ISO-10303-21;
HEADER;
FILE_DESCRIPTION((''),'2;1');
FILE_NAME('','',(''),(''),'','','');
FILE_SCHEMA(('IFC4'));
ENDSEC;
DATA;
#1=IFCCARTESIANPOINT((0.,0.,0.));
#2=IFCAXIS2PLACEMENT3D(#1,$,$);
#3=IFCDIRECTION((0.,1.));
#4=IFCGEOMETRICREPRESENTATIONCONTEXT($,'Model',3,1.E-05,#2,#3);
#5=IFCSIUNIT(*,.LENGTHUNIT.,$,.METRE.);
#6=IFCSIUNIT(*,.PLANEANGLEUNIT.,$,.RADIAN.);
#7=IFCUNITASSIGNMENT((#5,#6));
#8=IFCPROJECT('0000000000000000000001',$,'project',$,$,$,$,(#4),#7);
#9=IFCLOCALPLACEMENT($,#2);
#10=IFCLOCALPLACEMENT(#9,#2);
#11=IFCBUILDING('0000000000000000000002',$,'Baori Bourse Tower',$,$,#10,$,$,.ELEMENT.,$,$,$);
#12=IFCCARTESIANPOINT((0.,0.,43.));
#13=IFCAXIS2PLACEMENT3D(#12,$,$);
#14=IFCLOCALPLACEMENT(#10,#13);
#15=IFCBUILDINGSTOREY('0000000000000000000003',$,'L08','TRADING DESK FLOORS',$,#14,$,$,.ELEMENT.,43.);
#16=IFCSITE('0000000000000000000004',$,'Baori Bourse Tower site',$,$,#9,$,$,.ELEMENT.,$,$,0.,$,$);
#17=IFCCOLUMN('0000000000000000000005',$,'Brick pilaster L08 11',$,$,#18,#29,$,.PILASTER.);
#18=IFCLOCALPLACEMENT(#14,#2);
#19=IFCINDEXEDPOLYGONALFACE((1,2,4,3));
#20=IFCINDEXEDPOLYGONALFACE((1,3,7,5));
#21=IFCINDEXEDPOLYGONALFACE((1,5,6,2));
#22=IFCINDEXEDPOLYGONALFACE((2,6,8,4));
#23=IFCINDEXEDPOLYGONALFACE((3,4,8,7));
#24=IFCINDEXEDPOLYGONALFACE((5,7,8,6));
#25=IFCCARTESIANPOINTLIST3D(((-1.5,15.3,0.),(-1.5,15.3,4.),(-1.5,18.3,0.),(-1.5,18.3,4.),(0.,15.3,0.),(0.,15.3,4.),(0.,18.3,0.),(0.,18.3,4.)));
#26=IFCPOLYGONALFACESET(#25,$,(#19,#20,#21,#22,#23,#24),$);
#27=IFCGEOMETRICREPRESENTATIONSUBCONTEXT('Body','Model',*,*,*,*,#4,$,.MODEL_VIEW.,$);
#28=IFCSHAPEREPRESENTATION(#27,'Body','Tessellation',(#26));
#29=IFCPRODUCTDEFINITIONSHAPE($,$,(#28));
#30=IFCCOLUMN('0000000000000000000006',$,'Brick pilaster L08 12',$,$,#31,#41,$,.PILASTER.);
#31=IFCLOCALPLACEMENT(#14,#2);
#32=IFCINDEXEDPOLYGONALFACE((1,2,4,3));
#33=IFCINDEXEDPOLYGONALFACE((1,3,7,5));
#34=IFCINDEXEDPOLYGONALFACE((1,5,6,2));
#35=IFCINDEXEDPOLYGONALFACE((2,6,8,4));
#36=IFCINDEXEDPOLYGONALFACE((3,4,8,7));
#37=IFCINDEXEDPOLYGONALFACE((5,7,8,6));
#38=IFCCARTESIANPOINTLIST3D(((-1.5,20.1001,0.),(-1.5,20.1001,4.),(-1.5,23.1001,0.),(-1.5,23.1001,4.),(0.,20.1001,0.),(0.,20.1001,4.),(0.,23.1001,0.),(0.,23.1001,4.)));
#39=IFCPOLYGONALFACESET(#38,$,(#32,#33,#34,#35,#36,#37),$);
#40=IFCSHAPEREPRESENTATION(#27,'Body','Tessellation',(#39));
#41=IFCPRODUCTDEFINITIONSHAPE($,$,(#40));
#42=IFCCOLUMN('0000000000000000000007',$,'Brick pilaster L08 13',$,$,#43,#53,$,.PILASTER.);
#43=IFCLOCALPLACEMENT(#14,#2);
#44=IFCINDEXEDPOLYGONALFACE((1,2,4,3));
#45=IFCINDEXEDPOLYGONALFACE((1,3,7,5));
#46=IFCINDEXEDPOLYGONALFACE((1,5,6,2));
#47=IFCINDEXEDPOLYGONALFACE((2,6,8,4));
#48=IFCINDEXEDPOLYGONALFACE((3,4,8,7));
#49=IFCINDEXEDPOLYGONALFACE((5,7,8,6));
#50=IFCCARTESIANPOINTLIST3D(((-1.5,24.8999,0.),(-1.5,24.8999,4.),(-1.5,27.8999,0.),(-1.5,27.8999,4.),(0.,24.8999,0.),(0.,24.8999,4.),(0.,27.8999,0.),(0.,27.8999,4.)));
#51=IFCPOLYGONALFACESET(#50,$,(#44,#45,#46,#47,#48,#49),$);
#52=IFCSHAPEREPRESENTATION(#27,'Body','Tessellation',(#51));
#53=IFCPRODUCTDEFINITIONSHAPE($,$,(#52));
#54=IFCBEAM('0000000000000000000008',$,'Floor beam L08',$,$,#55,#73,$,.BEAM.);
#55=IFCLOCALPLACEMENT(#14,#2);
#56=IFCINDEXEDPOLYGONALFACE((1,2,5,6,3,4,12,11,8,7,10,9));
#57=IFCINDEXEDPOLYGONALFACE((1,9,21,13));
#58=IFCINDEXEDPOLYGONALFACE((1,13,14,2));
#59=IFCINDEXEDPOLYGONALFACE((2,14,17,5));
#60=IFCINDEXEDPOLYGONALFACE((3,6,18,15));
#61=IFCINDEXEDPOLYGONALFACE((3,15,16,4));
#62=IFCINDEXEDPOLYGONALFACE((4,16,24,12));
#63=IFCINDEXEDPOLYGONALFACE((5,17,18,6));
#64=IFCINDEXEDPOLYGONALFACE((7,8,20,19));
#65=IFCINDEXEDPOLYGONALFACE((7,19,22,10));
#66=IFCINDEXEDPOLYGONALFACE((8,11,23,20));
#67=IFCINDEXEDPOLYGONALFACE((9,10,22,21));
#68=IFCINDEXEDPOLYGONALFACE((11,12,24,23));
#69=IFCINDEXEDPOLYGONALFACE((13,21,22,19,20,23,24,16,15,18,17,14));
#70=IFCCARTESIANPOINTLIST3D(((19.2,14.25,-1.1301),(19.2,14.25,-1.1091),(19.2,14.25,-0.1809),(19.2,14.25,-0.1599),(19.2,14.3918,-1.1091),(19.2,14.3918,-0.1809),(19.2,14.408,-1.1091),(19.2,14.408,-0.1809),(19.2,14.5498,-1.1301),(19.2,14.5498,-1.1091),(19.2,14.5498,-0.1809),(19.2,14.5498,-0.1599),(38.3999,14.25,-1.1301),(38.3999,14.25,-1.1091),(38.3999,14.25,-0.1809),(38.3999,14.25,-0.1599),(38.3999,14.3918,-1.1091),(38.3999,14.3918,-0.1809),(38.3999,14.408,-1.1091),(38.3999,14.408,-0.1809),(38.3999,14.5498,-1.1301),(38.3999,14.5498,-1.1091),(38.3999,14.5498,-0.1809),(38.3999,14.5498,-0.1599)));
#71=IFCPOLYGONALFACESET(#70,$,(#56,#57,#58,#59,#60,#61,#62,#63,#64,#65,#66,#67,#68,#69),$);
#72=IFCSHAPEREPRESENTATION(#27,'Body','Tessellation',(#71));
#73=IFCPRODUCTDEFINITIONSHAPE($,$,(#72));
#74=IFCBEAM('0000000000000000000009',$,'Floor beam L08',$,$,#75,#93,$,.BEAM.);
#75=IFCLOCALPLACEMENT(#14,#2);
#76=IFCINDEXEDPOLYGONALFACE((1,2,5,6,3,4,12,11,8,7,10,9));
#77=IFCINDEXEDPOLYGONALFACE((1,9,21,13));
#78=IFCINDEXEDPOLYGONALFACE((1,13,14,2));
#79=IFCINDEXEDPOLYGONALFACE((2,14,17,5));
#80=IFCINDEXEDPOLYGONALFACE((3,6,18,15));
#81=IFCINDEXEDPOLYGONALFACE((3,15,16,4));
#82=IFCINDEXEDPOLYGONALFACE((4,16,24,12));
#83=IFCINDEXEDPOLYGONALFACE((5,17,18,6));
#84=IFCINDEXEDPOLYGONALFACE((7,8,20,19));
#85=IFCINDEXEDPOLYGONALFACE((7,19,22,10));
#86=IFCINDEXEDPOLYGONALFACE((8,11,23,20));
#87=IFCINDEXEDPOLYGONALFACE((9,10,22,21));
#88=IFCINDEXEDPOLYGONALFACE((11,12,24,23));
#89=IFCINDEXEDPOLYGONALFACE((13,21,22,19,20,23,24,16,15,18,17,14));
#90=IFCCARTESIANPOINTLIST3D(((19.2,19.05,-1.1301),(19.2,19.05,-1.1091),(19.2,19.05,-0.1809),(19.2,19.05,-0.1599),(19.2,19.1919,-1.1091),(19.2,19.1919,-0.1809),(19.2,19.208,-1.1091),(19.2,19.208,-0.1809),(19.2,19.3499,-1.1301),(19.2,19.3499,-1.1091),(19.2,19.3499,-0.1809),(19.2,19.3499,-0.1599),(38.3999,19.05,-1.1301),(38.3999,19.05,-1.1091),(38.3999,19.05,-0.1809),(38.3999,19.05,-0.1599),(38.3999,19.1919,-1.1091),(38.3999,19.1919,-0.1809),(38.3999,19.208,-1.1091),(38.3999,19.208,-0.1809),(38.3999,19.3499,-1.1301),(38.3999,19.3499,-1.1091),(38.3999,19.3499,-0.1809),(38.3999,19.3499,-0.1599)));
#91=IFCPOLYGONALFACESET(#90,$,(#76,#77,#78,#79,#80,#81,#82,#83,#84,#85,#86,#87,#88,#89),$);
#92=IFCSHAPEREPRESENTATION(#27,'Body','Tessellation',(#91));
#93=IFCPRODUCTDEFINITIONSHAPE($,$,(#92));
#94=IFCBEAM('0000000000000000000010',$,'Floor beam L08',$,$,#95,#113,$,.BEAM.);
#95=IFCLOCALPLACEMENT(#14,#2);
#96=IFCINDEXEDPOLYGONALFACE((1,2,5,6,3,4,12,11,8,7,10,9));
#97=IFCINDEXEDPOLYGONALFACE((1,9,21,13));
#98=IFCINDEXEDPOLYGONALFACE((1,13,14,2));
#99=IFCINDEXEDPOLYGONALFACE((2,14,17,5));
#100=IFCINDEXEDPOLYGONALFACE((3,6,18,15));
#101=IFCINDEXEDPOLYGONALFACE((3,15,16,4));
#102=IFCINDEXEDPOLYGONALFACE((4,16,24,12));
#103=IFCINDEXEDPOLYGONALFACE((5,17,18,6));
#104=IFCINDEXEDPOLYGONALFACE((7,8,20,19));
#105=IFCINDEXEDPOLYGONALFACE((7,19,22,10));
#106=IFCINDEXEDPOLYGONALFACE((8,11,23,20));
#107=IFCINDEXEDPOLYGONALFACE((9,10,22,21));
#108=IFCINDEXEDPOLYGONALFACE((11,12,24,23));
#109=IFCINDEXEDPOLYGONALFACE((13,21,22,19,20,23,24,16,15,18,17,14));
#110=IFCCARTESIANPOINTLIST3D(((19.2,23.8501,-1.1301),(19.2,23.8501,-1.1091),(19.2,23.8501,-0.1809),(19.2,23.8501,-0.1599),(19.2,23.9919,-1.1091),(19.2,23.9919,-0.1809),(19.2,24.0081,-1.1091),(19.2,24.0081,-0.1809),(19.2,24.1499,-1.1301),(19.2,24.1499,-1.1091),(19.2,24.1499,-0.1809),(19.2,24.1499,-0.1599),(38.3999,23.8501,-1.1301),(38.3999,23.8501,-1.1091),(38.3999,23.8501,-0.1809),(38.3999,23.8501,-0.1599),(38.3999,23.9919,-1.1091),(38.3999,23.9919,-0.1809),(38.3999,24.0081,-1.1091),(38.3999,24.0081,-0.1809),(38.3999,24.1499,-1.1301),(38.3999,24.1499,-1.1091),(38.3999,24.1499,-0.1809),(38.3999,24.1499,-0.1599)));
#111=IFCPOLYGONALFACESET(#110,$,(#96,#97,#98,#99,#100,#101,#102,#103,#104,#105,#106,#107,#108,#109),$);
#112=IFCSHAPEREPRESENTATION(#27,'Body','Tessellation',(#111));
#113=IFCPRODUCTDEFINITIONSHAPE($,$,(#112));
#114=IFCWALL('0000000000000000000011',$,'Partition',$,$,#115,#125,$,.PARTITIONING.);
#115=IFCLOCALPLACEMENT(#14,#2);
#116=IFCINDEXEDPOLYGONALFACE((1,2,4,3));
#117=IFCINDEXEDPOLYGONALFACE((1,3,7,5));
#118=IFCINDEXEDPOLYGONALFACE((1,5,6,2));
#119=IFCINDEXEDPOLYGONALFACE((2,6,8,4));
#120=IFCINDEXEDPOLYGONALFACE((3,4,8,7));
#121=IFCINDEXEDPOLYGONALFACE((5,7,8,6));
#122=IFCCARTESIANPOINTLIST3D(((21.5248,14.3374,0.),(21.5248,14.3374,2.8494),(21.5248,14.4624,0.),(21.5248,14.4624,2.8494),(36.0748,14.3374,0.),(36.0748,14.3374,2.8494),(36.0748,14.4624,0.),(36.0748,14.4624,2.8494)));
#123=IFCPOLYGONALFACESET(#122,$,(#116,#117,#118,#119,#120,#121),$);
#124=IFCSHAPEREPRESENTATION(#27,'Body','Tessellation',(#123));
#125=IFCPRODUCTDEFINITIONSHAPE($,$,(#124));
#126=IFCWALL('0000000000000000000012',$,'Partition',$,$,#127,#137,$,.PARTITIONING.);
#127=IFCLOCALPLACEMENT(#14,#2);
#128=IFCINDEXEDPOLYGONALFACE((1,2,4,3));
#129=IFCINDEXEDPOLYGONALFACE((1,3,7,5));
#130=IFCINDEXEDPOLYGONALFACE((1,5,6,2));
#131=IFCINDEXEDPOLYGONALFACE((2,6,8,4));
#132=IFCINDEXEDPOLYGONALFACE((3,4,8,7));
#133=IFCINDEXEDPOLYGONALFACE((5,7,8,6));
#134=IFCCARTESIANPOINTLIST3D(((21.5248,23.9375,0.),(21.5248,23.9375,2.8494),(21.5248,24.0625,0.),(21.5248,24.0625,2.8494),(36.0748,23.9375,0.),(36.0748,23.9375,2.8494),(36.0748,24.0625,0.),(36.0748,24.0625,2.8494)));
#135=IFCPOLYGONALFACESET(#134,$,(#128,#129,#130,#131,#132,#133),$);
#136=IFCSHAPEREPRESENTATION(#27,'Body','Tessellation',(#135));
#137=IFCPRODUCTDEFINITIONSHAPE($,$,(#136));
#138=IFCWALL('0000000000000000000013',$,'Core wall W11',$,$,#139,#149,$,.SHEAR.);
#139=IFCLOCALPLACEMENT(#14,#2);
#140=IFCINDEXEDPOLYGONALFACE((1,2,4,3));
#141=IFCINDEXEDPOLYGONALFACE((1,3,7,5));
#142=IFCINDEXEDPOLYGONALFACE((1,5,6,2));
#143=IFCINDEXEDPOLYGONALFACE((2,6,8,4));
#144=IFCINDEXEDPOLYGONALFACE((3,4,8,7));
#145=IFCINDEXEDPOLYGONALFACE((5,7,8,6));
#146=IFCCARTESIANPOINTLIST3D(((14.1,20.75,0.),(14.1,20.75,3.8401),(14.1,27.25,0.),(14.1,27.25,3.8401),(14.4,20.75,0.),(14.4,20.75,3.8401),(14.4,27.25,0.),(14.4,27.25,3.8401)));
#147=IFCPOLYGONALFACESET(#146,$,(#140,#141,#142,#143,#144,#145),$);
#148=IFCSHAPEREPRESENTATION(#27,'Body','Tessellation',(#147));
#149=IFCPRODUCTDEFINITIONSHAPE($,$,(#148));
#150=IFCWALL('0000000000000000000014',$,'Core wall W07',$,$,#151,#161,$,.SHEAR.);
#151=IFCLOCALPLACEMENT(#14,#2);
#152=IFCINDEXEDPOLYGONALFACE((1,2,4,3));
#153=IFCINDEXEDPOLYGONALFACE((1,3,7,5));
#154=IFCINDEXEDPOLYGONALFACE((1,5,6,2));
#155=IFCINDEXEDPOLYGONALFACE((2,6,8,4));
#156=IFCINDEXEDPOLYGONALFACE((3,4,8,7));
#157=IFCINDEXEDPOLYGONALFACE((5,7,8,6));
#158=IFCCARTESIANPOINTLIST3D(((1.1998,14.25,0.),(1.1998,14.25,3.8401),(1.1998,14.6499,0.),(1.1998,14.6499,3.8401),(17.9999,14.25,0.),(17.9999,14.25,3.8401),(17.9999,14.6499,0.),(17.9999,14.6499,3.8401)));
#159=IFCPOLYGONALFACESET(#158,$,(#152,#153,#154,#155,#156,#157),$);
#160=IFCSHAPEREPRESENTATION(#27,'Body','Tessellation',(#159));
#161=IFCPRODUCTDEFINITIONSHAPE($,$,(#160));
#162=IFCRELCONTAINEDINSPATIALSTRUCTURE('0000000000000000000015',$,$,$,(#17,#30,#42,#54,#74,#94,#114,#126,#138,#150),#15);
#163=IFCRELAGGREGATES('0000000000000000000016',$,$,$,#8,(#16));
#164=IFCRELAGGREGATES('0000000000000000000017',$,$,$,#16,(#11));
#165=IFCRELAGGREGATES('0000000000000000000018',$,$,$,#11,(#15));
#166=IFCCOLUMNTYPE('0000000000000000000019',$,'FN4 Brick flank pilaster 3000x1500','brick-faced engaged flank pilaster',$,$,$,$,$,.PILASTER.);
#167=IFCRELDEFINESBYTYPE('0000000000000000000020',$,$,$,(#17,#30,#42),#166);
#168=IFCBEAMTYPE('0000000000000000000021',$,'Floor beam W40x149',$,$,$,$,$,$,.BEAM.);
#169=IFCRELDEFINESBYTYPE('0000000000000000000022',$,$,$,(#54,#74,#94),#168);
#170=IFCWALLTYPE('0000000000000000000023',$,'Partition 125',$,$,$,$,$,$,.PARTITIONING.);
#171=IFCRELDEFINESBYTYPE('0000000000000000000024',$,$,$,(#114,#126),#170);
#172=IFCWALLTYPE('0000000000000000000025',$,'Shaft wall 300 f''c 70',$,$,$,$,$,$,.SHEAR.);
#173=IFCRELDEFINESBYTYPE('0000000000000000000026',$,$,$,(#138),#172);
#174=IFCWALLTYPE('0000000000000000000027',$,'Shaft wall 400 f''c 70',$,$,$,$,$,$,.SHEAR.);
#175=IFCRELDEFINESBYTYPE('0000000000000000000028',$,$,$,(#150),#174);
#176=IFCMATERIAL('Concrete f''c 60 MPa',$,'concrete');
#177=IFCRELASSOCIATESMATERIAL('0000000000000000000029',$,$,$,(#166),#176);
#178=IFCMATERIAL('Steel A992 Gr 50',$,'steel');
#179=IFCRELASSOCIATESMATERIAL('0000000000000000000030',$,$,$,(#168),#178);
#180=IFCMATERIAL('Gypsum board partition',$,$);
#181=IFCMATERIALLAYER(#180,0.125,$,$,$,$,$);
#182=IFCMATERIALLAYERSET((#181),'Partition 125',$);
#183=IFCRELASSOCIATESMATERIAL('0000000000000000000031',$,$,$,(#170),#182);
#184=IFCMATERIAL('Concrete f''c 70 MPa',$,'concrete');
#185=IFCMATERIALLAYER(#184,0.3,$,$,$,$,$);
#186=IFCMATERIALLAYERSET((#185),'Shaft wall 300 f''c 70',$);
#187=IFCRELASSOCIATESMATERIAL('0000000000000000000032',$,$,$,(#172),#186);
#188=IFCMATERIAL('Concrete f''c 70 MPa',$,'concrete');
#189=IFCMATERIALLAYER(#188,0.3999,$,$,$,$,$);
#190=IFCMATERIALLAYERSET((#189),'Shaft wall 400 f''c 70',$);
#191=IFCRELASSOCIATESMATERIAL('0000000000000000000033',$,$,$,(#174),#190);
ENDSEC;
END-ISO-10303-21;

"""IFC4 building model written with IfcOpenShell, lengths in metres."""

from ifc_helpers import new_model, si_unit, direction, frame, frame_2d, origin, origin_2d, place, context, subcontext, project, spatial, rectangle, i_section, extrude, material, layer, layer_set, material_profile, profile_set, type_object, element, save


model = new_model("IFC4")

# Units and contexts
model_context = context("Model", 3, precision=1e-05, world=origin(), true_north=direction((0.0, 1.0)))
body_context = subcontext(model_context, "Body", "Model", "MODEL_VIEW")
ifc_project = project(units=[si_unit("LENGTHUNIT", "METRE"), si_unit("PLANEANGLEUNIT", "RADIAN")], contexts=[model_context])

# Site, building, storey
site_placement = place(None, origin())
site = spatial("IfcSite", under=ifc_project, at=site_placement, Name="Baori Bourse Tower site", CompositionType="ELEMENT", RefElevation=0.0)
building_placement = place(site_placement, origin())
building = spatial("IfcBuilding", under=site, at=building_placement, Name="Baori Bourse Tower", CompositionType="ELEMENT")
storey_placement = place(building_placement, frame((0.0, 0.0, 43.0)))
storey = spatial("IfcBuildingStorey", under=building, at=storey_placement, Name="L08", Description="TRADING DESK FLOORS", CompositionType="ELEMENT", Elevation=43.0)

# Columns
ifc_material_1 = material(Name="Concrete f'c 60 MPa", Category="concrete")
ifc_material_profile_1 = material_profile(ifc_material_1, rectangle(XDim=3.0, YDim=1.5, at=origin_2d()), Name="RC 3000x1500")
ifc_profile_set_1 = profile_set([ifc_material_profile_1], Name="Concrete f'c 60 MPa")
column_type = type_object("IfcColumnType", Name="FN4 Brick flank pilaster 3000x1500", Description="brick-faced engaged flank pilaster", PredefinedType="PILASTER", material=ifc_profile_set_1)
for number, where, z_axis, x_axis, name in (
    (1, (-0.75, 16.8, 0.0), (0.0, 0.0, 1.0), (0.0, 1.0, 0.0), "Brick pilaster L08 11"),
    (2, (-0.75, 21.6001, 0.0), (0.0, 0.0, 1.0), (0.0, 1.0, 0.0), "Brick pilaster L08 12"),
    (3, (-0.75, 26.3999, 0.0), (0.0, 0.0, 1.0), (0.0, 1.0, 0.0), "Brick pilaster L08 13"),
):
    element("IfcColumn", number, at=place(storey_placement, frame(where, z_axis=z_axis, x_axis=x_axis)), inside=storey, type_object=column_type, Name=name, PredefinedType="PILASTER", context=body_context, shape_type="SweptSolid", body=[
        extrude(rectangle(XDim=3.0, YDim=1.5, at=origin_2d()), origin(), (0.0, 0.0, 1.0), 4.0),
    ])

# Beams
ifc_material_2 = material(Name="Steel A992 Gr 50", Category="steel")
ifc_material_profile_2 = material_profile(ifc_material_2, i_section(OverallWidth=0.2998, OverallDepth=0.9702, WebThickness=0.0161, FlangeThickness=0.021, at=origin_2d()), Name="W40x149")
ifc_profile_set_2 = profile_set([ifc_material_profile_2], Name="Steel A992 Gr 50")
beam_type = type_object("IfcBeamType", Name="Floor beam W40x149", PredefinedType="BEAM", material=ifc_profile_set_2)
for number, where, z_axis, x_axis, name in (
    (4, (19.2, 14.3999, -0.645), (1.0, 0.0, 0.0), (0.0, 1.0, 0.0), "Floor beam L08"),
    (5, (19.2, 19.2, -0.645), (1.0, 0.0, 0.0), (0.0, 1.0, 0.0), "Floor beam L08"),
    (6, (19.2, 24.0, -0.645), (1.0, 0.0, 0.0), (0.0, 1.0, 0.0), "Floor beam L08"),
):
    element("IfcBeam", number, at=place(storey_placement, frame(where, z_axis=z_axis, x_axis=x_axis)), inside=storey, type_object=beam_type, Name=name, PredefinedType="BEAM", context=body_context, shape_type="SweptSolid", body=[
        extrude(i_section(OverallWidth=0.2998, OverallDepth=0.9702, WebThickness=0.0161, FlangeThickness=0.021, at=origin_2d()), origin(), (0.0, 0.0, 1.0), 19.2),
    ])

# Walls
ifc_material_3 = material(Name="Gypsum board partition")
ifc_layer_1 = layer(ifc_material_3, 0.125)
ifc_layer_set_1 = layer_set([ifc_layer_1], Name="Partition 125")
wall_type_1 = type_object("IfcWallType", Name="Partition 125", PredefinedType="PARTITIONING", material=ifc_layer_set_1)
for number, where, z_axis, x_axis, name in (
    (7, (21.5249, 14.3999, 0.0), (0.0, 0.0, 1.0), (1.0, 0.0, 0.0), "Partition"),
    (8, (21.5249, 24.0, 0.0), (0.0, 0.0, 1.0), (1.0, 0.0, 0.0), "Partition"),
):
    element("IfcWall", number, at=place(storey_placement, frame(where, z_axis=z_axis, x_axis=x_axis)), inside=storey, type_object=wall_type_1, Name=name, PredefinedType="PARTITIONING", context=body_context, shape_type="SweptSolid", body=[
        extrude(rectangle(XDim=14.55, YDim=0.125, at=frame_2d((7.2749, 0.0))), origin(), (0.0, 0.0, 1.0), 2.8494),
    ])
ifc_material_4 = material(Name="Concrete f'c 70 MPa", Category="concrete")
ifc_layer_2 = layer(ifc_material_4, 0.3)
ifc_layer_set_2 = layer_set([ifc_layer_2], Name="Shaft wall 300 f'c 70")
wall_type_2 = type_object("IfcWallType", Name="Shaft wall 300 f'c 70", PredefinedType="SHEAR", material=ifc_layer_set_2)
wall_1_placement = place(storey_placement, frame((14.25, 20.75, 0.0), z_axis=(0.0, 0.0, 1.0), x_axis=(0.0, 1.0, 0.0)))
element("IfcWall", 9, at=wall_1_placement, inside=storey, type_object=wall_type_2, Name="Core wall W11", PredefinedType="SHEAR", context=body_context, shape_type="SweptSolid", body=[
    extrude(rectangle(XDim=6.5, YDim=0.3, at=frame_2d((3.25, 0.0))), origin(), (0.0, 0.0, 1.0), 3.8401),
])
ifc_material_5 = material(Name="Concrete f'c 70 MPa", Category="concrete")
ifc_layer_3 = layer(ifc_material_5, 0.3999)
ifc_layer_set_3 = layer_set([ifc_layer_3], Name="Shaft wall 400 f'c 70")
wall_type_3 = type_object("IfcWallType", Name="Shaft wall 400 f'c 70", PredefinedType="SHEAR", material=ifc_layer_set_3)
wall_2_placement = place(storey_placement, frame((1.2, 14.45, 0.0), z_axis=(0.0, 0.0, 1.0), x_axis=(1.0, 0.0, 0.0)))
element("IfcWall", 10, at=wall_2_placement, inside=storey, type_object=wall_type_3, Name="Core wall W07", PredefinedType="SHEAR", context=body_context, shape_type="SweptSolid", body=[
    extrude(rectangle(XDim=16.8, YDim=0.3999, at=frame_2d((8.3999, 0.0))), origin(), (0.0, 0.0, 1.0), 3.8401),
])

save(model, "model.ifc")
